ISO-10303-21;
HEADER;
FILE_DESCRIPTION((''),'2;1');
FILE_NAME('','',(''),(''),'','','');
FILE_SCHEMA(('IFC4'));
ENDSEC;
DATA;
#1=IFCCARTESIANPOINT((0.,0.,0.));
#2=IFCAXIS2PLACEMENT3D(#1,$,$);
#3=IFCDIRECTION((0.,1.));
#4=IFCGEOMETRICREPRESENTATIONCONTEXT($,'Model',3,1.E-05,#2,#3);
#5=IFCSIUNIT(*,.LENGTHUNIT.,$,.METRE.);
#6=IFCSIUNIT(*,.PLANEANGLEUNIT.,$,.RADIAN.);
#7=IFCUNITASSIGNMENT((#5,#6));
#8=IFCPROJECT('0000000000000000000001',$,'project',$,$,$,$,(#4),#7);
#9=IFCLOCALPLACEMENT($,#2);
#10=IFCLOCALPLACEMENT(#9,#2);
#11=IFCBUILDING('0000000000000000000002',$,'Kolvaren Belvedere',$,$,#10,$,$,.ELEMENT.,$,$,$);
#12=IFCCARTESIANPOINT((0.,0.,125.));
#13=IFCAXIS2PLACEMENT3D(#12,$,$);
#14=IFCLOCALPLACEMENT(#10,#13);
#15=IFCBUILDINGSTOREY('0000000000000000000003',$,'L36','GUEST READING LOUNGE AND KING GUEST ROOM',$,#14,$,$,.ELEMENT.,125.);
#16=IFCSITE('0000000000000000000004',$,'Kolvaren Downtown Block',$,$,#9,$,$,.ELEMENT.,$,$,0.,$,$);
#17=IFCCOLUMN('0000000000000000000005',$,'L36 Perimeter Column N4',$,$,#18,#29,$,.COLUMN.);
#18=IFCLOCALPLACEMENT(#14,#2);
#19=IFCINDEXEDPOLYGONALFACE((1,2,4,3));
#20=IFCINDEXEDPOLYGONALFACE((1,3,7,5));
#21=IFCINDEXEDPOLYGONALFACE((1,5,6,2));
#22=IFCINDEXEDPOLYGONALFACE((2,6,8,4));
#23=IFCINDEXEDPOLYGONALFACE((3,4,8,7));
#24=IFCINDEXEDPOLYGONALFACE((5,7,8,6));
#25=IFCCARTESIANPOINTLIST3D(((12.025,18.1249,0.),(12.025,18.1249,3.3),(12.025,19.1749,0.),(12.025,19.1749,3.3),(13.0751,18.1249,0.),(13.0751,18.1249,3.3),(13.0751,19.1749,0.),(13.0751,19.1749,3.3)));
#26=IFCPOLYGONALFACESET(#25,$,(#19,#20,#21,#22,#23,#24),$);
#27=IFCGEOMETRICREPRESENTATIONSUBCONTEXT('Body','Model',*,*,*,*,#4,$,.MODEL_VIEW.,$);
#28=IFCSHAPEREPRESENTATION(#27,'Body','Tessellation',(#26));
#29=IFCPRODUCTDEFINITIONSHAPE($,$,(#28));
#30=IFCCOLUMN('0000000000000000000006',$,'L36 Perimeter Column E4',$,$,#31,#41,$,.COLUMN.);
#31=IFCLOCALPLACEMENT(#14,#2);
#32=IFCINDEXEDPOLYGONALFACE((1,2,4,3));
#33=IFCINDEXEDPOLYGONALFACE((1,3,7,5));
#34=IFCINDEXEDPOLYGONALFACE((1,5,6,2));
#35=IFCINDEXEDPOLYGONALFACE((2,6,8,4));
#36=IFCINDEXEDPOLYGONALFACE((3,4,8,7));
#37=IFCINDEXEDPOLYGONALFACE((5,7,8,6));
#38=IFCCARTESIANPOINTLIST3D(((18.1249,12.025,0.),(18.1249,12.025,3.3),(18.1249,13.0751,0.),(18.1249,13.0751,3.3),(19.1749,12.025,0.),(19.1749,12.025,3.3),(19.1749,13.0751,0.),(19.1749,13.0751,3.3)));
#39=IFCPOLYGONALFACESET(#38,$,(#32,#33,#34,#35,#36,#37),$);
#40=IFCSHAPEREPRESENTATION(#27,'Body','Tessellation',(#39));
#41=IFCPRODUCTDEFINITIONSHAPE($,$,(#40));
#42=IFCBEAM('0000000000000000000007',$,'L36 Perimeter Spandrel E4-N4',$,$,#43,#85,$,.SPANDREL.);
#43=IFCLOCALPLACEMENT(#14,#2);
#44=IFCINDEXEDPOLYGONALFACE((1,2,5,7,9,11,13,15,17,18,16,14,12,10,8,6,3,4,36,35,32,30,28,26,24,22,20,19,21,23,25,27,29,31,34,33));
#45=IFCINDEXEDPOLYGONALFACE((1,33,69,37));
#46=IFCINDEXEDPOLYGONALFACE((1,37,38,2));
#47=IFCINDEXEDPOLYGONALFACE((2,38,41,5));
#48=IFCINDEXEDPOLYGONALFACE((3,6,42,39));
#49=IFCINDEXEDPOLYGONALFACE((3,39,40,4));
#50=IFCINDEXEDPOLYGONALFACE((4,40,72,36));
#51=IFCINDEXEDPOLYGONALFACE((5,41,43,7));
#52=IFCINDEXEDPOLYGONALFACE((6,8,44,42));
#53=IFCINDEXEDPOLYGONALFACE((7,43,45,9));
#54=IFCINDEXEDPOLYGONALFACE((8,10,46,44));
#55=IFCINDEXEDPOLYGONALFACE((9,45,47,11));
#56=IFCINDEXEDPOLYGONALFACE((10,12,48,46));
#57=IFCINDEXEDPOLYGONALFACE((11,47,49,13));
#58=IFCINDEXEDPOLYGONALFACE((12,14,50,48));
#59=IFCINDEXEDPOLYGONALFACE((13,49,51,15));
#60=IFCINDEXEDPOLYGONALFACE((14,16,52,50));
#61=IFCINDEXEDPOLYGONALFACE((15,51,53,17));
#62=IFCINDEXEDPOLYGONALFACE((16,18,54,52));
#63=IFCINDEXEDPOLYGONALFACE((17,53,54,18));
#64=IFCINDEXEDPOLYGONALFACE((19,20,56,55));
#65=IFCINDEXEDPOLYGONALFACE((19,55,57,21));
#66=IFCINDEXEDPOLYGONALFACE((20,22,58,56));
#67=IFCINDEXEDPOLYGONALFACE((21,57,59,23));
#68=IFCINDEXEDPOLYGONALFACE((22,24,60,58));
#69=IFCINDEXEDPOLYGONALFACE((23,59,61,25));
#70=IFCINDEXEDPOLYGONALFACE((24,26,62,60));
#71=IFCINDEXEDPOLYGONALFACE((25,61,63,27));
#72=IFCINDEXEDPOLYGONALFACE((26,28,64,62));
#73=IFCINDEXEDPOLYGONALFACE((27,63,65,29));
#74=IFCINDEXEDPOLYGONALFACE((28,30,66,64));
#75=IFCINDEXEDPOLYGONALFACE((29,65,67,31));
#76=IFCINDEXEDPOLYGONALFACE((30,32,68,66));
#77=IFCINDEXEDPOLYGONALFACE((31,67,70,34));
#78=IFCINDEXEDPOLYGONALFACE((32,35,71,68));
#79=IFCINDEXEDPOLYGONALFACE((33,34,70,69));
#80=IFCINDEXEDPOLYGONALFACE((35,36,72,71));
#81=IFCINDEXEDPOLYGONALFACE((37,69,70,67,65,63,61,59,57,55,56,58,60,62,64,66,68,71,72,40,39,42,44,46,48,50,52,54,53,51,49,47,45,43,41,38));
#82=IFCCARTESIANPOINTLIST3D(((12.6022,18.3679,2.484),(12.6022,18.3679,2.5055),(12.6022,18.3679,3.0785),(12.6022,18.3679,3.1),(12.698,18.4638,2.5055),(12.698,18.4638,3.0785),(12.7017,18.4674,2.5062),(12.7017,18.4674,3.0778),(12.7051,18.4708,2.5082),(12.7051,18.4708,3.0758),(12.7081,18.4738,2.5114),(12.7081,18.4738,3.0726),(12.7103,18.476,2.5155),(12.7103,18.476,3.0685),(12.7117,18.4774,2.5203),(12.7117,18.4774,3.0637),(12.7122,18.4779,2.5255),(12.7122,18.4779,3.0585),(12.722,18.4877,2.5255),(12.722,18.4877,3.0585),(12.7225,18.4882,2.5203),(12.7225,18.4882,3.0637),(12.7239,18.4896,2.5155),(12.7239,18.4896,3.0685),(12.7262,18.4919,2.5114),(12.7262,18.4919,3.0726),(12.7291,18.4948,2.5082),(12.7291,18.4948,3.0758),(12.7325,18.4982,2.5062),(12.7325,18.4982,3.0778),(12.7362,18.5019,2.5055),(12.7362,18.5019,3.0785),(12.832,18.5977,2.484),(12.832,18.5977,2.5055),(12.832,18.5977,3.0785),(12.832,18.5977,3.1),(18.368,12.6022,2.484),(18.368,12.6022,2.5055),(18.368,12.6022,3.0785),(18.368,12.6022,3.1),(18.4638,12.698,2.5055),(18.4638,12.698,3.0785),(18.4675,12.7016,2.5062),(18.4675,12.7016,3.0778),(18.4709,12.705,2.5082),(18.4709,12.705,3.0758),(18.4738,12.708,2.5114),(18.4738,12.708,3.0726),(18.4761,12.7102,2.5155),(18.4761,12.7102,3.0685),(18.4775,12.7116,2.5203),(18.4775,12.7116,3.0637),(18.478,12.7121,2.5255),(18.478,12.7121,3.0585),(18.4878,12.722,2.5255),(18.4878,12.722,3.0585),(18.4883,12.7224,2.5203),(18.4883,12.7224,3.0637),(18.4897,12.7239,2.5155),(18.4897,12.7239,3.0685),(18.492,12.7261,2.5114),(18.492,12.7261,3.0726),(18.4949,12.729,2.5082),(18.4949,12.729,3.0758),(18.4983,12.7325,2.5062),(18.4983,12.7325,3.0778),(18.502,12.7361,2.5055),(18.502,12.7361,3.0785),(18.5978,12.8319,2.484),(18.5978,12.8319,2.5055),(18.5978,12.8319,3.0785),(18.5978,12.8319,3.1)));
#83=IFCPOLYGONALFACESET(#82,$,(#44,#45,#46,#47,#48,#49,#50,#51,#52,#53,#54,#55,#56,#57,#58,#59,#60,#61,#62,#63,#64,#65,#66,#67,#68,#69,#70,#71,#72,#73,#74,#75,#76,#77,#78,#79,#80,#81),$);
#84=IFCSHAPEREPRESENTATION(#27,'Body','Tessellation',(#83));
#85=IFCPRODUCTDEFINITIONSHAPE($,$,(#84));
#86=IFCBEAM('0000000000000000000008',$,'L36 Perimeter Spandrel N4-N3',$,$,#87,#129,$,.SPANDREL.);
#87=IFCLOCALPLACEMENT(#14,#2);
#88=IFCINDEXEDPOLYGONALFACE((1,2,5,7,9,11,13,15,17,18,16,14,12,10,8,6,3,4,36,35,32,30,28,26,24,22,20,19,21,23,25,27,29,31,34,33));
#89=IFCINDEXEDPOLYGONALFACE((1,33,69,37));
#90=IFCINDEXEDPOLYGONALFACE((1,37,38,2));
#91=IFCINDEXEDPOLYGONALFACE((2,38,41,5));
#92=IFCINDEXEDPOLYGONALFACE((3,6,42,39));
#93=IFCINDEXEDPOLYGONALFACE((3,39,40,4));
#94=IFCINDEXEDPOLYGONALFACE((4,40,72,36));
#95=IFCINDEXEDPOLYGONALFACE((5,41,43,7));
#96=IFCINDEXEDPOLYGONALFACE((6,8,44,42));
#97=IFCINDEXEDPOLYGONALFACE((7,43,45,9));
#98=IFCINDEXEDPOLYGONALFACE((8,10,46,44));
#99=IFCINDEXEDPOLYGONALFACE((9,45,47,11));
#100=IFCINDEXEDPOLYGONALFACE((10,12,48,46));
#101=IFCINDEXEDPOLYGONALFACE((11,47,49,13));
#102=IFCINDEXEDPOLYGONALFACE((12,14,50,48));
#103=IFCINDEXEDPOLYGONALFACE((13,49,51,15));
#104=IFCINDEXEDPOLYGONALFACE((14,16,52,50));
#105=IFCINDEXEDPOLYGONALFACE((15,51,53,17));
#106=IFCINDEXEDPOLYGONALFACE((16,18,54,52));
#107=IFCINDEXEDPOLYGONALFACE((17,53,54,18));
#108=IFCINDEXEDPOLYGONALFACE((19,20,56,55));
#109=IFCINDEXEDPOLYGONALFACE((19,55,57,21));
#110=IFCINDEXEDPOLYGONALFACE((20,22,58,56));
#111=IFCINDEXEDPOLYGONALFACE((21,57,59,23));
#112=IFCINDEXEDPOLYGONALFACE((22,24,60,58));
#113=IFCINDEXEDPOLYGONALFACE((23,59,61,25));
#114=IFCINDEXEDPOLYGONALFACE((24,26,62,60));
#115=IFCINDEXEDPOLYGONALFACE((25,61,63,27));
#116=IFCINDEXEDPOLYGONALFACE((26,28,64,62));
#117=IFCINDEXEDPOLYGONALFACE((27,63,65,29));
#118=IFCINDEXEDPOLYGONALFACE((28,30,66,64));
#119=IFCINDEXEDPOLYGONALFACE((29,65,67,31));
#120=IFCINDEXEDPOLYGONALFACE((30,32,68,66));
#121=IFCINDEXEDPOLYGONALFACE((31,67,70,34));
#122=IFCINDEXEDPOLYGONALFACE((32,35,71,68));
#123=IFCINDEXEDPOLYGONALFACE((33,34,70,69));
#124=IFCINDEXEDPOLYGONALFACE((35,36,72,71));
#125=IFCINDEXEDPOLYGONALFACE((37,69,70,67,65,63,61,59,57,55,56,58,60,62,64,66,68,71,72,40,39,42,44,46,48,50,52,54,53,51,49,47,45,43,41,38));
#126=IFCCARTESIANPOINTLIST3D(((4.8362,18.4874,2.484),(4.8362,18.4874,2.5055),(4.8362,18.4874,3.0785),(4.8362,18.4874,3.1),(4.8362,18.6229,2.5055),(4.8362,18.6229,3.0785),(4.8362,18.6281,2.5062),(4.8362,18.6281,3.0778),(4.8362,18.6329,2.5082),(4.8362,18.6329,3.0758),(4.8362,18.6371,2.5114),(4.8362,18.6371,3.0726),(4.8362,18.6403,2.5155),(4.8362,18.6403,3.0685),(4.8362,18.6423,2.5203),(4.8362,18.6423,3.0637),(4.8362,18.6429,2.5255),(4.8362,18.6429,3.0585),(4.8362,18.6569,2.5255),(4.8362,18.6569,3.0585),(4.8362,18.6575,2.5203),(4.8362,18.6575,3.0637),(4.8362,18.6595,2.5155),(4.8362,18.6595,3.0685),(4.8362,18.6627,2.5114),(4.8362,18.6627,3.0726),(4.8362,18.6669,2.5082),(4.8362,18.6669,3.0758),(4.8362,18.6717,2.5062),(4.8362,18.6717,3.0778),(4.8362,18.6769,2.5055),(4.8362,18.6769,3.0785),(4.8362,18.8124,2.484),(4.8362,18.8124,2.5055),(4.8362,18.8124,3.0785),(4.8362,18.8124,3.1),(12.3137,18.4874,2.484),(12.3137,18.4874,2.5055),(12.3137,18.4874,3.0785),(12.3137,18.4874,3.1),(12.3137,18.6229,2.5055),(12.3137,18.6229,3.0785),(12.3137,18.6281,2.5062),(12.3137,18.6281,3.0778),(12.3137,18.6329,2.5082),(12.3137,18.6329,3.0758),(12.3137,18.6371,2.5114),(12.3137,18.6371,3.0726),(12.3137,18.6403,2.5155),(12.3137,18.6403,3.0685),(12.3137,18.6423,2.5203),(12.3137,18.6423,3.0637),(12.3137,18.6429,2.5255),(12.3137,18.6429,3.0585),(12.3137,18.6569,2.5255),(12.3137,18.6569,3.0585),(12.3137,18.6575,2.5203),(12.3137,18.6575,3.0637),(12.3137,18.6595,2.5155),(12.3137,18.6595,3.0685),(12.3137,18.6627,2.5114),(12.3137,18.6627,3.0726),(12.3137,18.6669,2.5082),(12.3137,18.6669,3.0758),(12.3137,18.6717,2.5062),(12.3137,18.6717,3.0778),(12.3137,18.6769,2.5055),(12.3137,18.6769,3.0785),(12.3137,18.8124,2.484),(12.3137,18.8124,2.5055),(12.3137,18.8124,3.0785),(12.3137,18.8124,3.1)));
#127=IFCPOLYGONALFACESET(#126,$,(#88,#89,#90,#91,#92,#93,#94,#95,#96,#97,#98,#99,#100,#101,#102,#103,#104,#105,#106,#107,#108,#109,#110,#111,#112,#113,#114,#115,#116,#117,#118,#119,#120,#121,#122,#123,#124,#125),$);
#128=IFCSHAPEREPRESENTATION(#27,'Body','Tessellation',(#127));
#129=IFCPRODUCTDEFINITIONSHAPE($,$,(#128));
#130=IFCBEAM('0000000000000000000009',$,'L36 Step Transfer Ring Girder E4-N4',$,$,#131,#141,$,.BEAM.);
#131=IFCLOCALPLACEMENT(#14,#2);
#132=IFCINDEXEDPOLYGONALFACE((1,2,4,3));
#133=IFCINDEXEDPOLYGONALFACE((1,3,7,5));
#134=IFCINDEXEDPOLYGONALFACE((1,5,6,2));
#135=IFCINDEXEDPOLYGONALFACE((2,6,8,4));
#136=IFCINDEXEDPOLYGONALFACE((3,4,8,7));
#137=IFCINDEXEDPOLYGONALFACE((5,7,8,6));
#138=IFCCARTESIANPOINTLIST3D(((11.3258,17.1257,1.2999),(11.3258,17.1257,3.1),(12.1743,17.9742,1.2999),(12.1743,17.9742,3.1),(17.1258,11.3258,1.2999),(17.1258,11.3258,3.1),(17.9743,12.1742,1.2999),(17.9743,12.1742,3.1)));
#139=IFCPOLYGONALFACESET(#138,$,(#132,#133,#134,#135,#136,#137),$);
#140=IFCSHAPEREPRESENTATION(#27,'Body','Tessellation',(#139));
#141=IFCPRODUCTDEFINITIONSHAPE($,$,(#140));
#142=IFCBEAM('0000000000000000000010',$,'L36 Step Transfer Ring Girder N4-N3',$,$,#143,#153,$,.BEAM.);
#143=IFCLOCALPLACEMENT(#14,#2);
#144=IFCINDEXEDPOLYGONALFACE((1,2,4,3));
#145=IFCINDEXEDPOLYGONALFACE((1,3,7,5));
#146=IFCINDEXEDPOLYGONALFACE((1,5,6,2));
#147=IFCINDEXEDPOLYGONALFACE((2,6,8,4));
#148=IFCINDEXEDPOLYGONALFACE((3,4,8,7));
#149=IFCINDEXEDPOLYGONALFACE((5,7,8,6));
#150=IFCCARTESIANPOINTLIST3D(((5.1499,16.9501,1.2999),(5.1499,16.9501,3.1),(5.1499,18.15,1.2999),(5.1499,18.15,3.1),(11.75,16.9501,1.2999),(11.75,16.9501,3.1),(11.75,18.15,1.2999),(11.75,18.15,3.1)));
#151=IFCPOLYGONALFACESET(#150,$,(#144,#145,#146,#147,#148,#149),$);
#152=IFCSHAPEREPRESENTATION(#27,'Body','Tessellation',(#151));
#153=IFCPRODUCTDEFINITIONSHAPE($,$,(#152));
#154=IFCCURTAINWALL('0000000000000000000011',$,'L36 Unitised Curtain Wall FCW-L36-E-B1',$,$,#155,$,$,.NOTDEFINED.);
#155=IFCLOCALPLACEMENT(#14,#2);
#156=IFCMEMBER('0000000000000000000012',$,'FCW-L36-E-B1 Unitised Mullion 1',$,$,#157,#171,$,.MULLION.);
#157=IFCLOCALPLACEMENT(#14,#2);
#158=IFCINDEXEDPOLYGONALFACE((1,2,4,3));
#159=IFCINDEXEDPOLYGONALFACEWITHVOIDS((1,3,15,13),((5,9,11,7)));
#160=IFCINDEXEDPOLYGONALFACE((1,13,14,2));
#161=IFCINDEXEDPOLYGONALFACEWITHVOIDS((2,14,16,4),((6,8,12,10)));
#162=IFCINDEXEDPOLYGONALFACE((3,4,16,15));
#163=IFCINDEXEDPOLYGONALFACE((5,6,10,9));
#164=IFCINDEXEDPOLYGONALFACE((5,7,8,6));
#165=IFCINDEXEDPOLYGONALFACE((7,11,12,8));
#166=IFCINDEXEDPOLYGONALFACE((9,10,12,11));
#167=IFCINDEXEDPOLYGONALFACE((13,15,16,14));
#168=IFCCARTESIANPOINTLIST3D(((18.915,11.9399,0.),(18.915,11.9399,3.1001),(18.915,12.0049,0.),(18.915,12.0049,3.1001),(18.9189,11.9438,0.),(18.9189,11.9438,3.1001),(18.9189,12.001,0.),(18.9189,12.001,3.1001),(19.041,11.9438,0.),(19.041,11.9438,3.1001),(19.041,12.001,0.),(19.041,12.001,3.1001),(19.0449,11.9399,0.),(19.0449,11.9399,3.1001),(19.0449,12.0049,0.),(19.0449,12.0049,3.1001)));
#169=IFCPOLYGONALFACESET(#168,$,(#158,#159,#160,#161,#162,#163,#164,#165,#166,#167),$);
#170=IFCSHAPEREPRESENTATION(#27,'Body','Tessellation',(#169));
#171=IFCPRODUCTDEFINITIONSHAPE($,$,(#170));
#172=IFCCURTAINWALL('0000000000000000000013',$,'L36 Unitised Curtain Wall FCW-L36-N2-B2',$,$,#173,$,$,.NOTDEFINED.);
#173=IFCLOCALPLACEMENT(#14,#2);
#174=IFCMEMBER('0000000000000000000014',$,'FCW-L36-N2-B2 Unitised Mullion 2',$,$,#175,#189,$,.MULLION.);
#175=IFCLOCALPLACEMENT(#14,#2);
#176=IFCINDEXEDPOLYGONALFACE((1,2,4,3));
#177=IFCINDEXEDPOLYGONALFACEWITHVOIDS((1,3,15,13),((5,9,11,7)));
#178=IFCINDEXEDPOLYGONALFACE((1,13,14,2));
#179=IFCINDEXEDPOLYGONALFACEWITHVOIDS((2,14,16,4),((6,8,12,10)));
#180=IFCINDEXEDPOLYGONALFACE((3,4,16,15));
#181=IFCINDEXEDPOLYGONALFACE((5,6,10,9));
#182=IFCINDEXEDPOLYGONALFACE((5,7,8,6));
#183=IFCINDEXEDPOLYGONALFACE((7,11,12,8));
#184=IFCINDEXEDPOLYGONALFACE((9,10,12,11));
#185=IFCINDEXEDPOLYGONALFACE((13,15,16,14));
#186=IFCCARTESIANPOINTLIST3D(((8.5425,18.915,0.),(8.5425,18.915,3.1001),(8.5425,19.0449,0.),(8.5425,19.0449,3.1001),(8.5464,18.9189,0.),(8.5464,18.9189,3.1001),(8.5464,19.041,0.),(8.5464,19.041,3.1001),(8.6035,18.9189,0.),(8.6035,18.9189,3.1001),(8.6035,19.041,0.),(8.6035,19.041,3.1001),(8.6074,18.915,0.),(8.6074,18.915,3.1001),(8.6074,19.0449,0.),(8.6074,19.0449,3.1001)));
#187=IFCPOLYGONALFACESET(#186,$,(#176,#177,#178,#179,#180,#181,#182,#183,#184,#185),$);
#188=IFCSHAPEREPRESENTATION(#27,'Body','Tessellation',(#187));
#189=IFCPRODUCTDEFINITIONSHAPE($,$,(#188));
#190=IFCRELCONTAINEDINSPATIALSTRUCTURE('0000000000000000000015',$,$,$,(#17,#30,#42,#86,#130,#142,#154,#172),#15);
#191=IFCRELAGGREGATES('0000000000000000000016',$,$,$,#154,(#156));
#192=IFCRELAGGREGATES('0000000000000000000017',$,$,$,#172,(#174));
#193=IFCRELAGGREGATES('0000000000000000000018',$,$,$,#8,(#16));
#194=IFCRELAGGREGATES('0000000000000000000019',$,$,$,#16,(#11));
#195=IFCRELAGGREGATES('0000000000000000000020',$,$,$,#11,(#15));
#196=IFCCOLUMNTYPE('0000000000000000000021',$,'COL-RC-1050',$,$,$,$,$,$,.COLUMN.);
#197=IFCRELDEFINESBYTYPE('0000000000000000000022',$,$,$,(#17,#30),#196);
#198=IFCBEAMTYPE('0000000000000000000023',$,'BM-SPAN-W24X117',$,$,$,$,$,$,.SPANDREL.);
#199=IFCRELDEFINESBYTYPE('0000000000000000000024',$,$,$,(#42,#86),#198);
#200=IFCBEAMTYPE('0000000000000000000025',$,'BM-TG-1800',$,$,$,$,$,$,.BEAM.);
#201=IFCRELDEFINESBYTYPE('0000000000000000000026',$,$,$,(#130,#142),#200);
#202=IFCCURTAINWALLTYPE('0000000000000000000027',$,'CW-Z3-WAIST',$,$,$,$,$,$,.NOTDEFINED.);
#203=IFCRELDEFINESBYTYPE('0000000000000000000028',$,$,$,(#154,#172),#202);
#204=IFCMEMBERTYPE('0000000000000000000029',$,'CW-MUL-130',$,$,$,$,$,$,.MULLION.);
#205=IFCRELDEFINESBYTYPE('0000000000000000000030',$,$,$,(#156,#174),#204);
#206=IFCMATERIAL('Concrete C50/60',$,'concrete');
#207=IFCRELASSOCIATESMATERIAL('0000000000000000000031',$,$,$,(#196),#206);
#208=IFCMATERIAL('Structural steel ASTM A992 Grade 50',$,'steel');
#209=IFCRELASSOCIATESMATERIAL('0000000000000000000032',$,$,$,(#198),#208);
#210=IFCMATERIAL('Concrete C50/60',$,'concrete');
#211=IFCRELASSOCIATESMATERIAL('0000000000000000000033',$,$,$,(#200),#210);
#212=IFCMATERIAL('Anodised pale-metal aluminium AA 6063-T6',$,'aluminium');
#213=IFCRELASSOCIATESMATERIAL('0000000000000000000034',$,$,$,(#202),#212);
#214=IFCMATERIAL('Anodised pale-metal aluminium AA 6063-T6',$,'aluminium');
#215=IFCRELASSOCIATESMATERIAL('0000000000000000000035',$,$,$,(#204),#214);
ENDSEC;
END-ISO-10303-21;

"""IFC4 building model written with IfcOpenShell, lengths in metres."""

from ifc_helpers import new_model, si_unit, direction, frame, origin, origin_2d, place, context, subcontext, project, spatial, rectangle, hollow_rectangle, i_section, extrude, material, material_profile, profile_set, type_object, element, aggregate, save


model = new_model("IFC4")

# Units and contexts
model_context = context("Model", 3, precision=1e-05, world=origin(), true_north=direction((0.0, 1.0)))
body_context = subcontext(model_context, "Body", "Model", "MODEL_VIEW")
ifc_project = project(units=[si_unit("LENGTHUNIT", "METRE"), si_unit("PLANEANGLEUNIT", "RADIAN")], contexts=[model_context])

# Site, building, storey
site_placement = place(None, origin())
site = spatial("IfcSite", under=ifc_project, at=site_placement, Name="Kolvaren Downtown Block", CompositionType="ELEMENT", RefElevation=0.0)
building_placement = place(site_placement, origin())
building = spatial("IfcBuilding", under=site, at=building_placement, Name="Kolvaren Belvedere", CompositionType="ELEMENT")
storey_placement = place(building_placement, frame((0.0, 0.0, 125.0)))
storey = spatial("IfcBuildingStorey", under=building, at=storey_placement, Name="L36", Description="GUEST READING LOUNGE AND KING GUEST ROOM", CompositionType="ELEMENT", Elevation=125.0)

# Columns
ifc_material_1 = material(Name="Concrete C50/60", Category="concrete")
ifc_material_profile_1 = material_profile(ifc_material_1, rectangle(XDim=1.05, YDim=1.05, at=origin_2d()), Name="RC 1050X1050")
ifc_profile_set_1 = profile_set([ifc_material_profile_1], Name="Concrete C50/60")
column_type = type_object("IfcColumnType", Name="COL-RC-1050", PredefinedType="COLUMN", material=ifc_profile_set_1)
for number, where, z_axis, x_axis, name in (
    (1, (12.55, 18.6499, 0.0), (0.0, 0.0, 1.0), (1.0, 0.0, 0.0), "L36 Perimeter Column N4"),
    (2, (18.6499, 12.55, 0.0), (0.0, 0.0, 1.0), (1.0, 0.0, 0.0), "L36 Perimeter Column E4"),
):
    element("IfcColumn", number, at=place(storey_placement, frame(where, z_axis=z_axis, x_axis=x_axis)), inside=storey, type_object=column_type, Name=name, PredefinedType="COLUMN", context=body_context, shape_type="SweptSolid", body=[
        extrude(rectangle(XDim=1.05, YDim=1.05, at=origin_2d()), origin(), (0.0, 0.0, 1.0), 3.3),
    ])

# Beams
ifc_material_2 = material(Name="Structural steel ASTM A992 Grade 50", Category="steel")
ifc_material_profile_2 = material_profile(ifc_material_2, i_section(OverallWidth=0.325, OverallDepth=0.616, WebThickness=0.0139, FlangeThickness=0.0215, FilletRadius=0.02, at=origin_2d()), Name="W24X117")
ifc_profile_set_2 = profile_set([ifc_material_profile_2], Name="Structural steel ASTM A992 Grade 50")
beam_type_1 = type_object("IfcBeamType", Name="BM-SPAN-W24X117", PredefinedType="SPANDREL", material=ifc_profile_set_2)
beam_1_placement = place(storey_placement, frame((18.4829, 12.717, 2.792), z_axis=(-0.707107, 0.707107, 0.0), x_axis=(-0.707107, -0.707107, 0.0)))
element("IfcBeam", 3, at=beam_1_placement, inside=storey, type_object=beam_type_1, Name="L36 Perimeter Spandrel E4-N4", PredefinedType="SPANDREL", context=body_context, shape_type="SweptSolid", body=[
    extrude(i_section(OverallWidth=0.325, OverallDepth=0.616, WebThickness=0.0139, FlangeThickness=0.0215, FilletRadius=0.02, at=origin_2d()), origin(), (0.0, 0.0, 1.0), 8.1541),
])
beam_2_placement = place(storey_placement, frame((12.3137, 18.6499, 2.792), z_axis=(-1.0, 0.0, 0.0), x_axis=(0.0, -1.0, 0.0)))
element("IfcBeam", 4, at=beam_2_placement, inside=storey, type_object=beam_type_1, Name="L36 Perimeter Spandrel N4-N3", PredefinedType="SPANDREL", context=body_context, shape_type="SweptSolid", body=[
    extrude(i_section(OverallWidth=0.325, OverallDepth=0.616, WebThickness=0.0139, FlangeThickness=0.0215, FilletRadius=0.02, at=origin_2d()), origin(), (0.0, 0.0, 1.0), 7.4775),
])
ifc_material_3 = material(Name="Concrete C50/60", Category="concrete")
ifc_material_profile_3 = material_profile(ifc_material_3, rectangle(XDim=1.2, YDim=1.8, at=origin_2d()), Name="RC 1200X1800")
ifc_profile_set_3 = profile_set([ifc_material_profile_3], Name="Concrete C50/60")
beam_type_2 = type_object("IfcBeamType", Name="BM-TG-1800", PredefinedType="BEAM", material=ifc_profile_set_3)
beam_3_placement = place(storey_placement, frame((17.55, 11.75, 2.2), z_axis=(-0.707107, 0.707107, 0.0), x_axis=(-0.707107, -0.707107, 0.0)))
element("IfcBeam", 5, at=beam_3_placement, inside=storey, type_object=beam_type_2, Name="L36 Step Transfer Ring Girder E4-N4", PredefinedType="BEAM", context=body_context, shape_type="SweptSolid", body=[
    extrude(rectangle(XDim=1.2, YDim=1.8, at=origin_2d()), origin(), (0.0, 0.0, 1.0), 8.2024),
])
beam_4_placement = place(storey_placement, frame((11.75, 17.55, 2.2), z_axis=(-1.0, 0.0, 0.0), x_axis=(0.0, -1.0, 0.0)))
element("IfcBeam", 6, at=beam_4_placement, inside=storey, type_object=beam_type_2, Name="L36 Step Transfer Ring Girder N4-N3", PredefinedType="BEAM", context=body_context, shape_type="SweptSolid", body=[
    extrude(rectangle(XDim=1.2, YDim=1.8, at=origin_2d()), origin(), (0.0, 0.0, 1.0), 6.6001),
])

# Curtain wall, member
ifc_material_4 = material(Name="Anodised pale-metal aluminium AA 6063-T6", Category="aluminium")
curtain_wall_type = type_object("IfcCurtainWallType", Name="CW-Z3-WAIST", PredefinedType="NOTDEFINED", material=ifc_material_4)
curtain_wall_1_placement = place(storey_placement, origin())
curtain_wall_1 = element("IfcCurtainWall", 7, at=curtain_wall_1_placement, inside=storey, type_object=curtain_wall_type, Name="L36 Unitised Curtain Wall FCW-L36-E-B1", PredefinedType="NOTDEFINED")
ifc_material_5 = material(Name="Anodised pale-metal aluminium AA 6063-T6", Category="aluminium")
ifc_material_profile_4 = material_profile(ifc_material_5, hollow_rectangle(XDim=0.0649, YDim=0.1299, WallThickness=0.0039, at=origin_2d()), Name="ALU-MUL-130X65")
ifc_profile_set_4 = profile_set([ifc_material_profile_4], Name="Anodised pale-metal aluminium AA 6063-T6")
member_type_1 = type_object("IfcMemberType", Name="CW-MUL-130", PredefinedType="MULLION", material=ifc_profile_set_4)
member_1_placement = place(storey_placement, frame((18.98, 11.9724, 0.0), z_axis=(0.0, 0.0, 1.0), x_axis=(0.0, 1.0, 0.0)))
member_1 = element("IfcMember", 8, at=member_1_placement, type_object=member_type_1, Name="FCW-L36-E-B1 Unitised Mullion 1", PredefinedType="MULLION", context=body_context, shape_type="SweptSolid", body=[
    extrude(hollow_rectangle(XDim=0.0649, YDim=0.1299, WallThickness=0.0039, at=origin_2d()), origin(), (0.0, 0.0, 1.0), 3.1001),
])

# Curtain wall, member
curtain_wall_2_placement = place(storey_placement, origin())
curtain_wall_2 = element("IfcCurtainWall", 9, at=curtain_wall_2_placement, inside=storey, type_object=curtain_wall_type, Name="L36 Unitised Curtain Wall FCW-L36-N2-B2", PredefinedType="NOTDEFINED")
member_2_placement = place(storey_placement, frame((8.575, 18.98, 0.0), z_axis=(0.0, 0.0, 1.0), x_axis=(1.0, 0.0, 0.0)))
member_2 = element("IfcMember", 10, at=member_2_placement, type_object=member_type_1, Name="FCW-L36-N2-B2 Unitised Mullion 2", PredefinedType="MULLION", context=body_context, shape_type="SweptSolid", body=[
    extrude(hollow_rectangle(XDim=0.0649, YDim=0.1299, WallThickness=0.0039, at=origin_2d()), origin(), (0.0, 0.0, 1.0), 3.1001),
])

aggregate(curtain_wall_1, [member_1])

aggregate(curtain_wall_2, [member_2])

save(model, "model.ifc")
